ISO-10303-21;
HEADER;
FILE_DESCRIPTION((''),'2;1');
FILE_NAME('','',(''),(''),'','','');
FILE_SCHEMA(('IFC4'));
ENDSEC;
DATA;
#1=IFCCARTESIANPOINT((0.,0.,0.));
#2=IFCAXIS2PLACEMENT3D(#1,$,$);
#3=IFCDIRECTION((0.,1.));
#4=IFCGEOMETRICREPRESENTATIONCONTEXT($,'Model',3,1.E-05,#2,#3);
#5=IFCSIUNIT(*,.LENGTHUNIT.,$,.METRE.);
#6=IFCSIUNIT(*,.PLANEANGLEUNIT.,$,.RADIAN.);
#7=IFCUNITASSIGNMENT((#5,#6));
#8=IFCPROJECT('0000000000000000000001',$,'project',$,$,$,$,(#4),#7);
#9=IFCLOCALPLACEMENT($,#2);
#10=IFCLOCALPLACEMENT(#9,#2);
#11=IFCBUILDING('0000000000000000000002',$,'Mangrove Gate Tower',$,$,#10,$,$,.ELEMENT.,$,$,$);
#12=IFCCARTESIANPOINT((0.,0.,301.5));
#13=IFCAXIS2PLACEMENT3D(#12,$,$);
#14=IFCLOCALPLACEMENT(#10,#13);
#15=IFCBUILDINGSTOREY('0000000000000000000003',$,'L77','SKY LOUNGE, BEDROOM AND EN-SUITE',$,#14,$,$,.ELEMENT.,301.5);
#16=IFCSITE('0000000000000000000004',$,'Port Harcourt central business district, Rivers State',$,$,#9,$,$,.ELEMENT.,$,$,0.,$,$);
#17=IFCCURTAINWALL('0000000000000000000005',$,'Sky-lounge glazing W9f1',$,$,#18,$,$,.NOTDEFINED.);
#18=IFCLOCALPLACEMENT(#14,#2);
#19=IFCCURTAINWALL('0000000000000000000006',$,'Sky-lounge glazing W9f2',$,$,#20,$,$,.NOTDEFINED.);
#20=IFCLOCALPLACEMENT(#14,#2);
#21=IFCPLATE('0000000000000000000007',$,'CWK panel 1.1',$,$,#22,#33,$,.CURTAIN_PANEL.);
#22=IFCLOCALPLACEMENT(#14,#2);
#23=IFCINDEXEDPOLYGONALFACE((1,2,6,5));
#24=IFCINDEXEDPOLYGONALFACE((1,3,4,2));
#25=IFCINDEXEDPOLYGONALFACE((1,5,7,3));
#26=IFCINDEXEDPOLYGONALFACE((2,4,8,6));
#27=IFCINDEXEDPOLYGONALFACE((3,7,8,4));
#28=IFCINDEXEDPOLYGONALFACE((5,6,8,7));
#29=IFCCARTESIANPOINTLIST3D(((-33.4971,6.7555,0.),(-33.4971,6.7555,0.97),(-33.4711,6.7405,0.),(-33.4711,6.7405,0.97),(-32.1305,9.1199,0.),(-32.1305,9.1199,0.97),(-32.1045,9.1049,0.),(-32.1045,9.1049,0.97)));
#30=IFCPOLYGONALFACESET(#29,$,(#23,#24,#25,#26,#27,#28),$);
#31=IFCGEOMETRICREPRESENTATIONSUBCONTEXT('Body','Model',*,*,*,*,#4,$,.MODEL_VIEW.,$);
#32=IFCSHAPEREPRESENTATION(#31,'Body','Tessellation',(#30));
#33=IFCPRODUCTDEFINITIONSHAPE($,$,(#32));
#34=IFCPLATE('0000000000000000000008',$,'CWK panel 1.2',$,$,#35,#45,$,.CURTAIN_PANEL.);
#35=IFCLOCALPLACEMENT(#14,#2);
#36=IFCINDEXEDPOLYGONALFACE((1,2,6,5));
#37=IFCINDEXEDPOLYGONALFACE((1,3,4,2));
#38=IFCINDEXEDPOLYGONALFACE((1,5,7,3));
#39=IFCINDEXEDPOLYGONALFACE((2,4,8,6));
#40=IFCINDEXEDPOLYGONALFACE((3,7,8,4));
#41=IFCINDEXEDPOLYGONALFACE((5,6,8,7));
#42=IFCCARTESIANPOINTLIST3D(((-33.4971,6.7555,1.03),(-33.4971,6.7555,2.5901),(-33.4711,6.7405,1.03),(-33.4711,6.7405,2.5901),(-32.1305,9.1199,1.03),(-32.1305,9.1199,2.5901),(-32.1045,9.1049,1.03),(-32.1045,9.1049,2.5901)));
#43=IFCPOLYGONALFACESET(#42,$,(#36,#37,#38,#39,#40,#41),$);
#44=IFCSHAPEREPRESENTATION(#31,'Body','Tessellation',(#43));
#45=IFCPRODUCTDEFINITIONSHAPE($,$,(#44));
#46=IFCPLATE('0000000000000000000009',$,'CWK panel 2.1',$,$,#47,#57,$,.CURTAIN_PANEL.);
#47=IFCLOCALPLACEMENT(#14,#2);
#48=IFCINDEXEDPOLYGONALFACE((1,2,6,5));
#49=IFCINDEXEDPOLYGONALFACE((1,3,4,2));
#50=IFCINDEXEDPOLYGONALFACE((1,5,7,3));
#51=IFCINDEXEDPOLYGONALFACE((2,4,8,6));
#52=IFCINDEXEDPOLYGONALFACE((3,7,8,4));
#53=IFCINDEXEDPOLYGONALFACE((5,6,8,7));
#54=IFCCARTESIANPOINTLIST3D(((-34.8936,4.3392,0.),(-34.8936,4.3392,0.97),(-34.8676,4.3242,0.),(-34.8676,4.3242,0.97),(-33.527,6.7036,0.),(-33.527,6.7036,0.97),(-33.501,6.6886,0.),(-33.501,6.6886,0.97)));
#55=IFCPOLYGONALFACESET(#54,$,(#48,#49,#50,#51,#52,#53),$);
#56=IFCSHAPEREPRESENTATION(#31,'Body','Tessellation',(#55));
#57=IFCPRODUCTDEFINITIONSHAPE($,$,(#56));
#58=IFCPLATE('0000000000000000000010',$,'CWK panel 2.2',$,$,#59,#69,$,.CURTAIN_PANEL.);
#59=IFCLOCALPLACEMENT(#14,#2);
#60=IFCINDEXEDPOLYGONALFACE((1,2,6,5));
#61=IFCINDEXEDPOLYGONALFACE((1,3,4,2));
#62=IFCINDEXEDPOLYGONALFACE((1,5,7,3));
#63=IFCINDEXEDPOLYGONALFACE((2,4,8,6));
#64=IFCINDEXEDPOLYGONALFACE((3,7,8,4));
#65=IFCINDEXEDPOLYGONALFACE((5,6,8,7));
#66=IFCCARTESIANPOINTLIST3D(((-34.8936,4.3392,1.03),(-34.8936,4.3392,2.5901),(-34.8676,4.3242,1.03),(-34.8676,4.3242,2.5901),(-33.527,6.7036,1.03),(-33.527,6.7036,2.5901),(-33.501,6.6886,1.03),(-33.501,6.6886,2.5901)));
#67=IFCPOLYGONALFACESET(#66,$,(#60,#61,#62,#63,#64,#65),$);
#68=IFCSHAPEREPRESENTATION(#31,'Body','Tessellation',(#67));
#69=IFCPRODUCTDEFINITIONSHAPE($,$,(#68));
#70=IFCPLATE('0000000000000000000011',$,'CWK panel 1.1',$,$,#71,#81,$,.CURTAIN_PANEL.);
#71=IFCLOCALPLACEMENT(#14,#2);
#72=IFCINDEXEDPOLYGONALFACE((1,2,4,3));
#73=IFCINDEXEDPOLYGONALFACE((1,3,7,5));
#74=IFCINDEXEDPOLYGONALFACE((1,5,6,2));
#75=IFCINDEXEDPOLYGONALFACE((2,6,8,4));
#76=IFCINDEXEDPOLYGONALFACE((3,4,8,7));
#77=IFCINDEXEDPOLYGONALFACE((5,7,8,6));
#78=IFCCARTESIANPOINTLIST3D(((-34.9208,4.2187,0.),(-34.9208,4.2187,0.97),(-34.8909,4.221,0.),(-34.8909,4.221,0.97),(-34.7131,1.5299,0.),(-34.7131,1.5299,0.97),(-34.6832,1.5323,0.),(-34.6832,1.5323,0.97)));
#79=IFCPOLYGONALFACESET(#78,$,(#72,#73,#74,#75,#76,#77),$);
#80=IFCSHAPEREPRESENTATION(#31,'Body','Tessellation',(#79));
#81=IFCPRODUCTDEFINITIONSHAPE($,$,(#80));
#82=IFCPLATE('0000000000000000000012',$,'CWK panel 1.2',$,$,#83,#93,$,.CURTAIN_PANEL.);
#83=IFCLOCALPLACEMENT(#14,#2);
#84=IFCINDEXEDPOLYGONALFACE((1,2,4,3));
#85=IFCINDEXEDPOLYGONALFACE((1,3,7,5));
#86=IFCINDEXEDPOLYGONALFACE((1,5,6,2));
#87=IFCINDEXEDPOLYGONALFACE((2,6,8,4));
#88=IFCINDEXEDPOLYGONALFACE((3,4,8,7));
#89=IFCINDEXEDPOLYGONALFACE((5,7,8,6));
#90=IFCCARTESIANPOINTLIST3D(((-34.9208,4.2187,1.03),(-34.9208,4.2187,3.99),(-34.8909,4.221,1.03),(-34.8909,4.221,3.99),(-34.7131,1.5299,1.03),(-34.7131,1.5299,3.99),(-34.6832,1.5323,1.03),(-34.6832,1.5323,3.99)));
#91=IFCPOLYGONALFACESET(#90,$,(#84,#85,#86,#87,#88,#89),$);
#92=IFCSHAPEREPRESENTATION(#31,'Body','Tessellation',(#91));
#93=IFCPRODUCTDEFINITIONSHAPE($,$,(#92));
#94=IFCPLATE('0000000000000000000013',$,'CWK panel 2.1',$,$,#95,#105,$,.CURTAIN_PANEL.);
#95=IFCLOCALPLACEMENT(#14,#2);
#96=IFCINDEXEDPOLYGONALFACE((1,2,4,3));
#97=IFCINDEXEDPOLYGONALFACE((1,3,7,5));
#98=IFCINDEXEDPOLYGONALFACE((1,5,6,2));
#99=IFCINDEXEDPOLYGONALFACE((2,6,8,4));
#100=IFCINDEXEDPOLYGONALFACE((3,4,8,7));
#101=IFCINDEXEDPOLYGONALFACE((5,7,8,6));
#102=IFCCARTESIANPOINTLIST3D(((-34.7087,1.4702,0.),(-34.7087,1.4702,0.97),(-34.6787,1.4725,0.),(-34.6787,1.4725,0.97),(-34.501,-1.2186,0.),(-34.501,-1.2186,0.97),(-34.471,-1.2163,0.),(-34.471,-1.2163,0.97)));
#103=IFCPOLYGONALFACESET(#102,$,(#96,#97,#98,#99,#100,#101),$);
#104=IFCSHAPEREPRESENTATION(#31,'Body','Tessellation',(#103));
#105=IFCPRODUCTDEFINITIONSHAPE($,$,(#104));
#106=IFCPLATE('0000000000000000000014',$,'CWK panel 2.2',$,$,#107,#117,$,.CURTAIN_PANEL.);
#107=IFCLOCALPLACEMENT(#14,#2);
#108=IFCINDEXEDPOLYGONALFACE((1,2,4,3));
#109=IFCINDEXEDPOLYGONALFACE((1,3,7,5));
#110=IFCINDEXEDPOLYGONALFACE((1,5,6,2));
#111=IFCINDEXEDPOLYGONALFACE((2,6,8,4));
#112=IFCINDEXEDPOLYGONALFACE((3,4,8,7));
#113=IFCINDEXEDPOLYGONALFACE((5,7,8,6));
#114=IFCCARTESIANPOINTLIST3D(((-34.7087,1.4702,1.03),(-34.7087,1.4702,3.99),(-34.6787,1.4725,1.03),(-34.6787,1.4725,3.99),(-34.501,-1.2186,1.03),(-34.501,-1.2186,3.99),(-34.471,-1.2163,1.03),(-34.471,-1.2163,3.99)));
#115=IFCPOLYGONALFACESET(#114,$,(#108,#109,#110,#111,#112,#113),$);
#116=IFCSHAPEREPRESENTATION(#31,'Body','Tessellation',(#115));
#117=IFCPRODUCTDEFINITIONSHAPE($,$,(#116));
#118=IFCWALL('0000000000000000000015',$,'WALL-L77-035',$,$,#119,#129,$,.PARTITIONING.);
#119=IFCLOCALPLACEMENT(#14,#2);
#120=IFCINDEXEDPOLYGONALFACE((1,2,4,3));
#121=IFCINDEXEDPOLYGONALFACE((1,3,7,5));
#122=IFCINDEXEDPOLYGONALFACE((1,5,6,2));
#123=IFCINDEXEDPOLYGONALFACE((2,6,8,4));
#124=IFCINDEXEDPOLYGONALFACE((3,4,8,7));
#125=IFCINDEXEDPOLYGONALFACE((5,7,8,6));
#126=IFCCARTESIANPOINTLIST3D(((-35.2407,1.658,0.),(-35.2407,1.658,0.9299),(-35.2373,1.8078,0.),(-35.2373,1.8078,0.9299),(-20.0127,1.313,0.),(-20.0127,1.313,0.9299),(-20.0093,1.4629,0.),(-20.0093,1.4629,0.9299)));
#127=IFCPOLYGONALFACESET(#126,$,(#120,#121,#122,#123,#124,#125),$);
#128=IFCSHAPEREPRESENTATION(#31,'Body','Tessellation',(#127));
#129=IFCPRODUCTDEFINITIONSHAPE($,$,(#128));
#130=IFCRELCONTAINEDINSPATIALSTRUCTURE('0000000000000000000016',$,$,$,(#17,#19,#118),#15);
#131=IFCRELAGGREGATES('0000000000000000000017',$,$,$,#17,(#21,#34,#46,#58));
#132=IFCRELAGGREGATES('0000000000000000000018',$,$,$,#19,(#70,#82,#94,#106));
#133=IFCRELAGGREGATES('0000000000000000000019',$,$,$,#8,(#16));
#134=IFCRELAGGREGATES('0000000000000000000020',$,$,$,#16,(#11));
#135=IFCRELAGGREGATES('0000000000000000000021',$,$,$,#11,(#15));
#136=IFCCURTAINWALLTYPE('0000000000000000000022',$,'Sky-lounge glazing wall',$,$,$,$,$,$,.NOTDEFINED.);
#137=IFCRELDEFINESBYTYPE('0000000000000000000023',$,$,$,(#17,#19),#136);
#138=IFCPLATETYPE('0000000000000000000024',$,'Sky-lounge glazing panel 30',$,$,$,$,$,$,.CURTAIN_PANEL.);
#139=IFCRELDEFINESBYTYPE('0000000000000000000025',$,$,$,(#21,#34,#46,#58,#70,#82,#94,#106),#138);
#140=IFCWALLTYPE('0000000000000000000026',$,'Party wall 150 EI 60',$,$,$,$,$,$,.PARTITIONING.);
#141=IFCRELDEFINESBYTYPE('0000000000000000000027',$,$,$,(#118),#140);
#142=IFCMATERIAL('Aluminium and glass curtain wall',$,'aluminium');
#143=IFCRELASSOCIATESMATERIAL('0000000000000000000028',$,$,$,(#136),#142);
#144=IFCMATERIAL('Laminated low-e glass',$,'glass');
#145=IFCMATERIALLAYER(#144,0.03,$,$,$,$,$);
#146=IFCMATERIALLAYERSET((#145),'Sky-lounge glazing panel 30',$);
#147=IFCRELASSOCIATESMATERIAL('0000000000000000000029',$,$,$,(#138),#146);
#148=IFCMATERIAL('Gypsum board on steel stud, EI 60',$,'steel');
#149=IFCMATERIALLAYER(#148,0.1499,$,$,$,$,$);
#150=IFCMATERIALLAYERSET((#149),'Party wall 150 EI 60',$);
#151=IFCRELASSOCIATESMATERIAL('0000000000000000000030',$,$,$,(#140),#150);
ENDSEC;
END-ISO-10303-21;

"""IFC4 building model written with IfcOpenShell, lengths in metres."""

from ifc_helpers import new_model, si_unit, direction, frame, frame_2d, origin, origin_2d, place, context, subcontext, project, spatial, rectangle, extrude, material, layer, layer_set, type_object, element, aggregate, save


model = new_model("IFC4")

# Units and contexts
model_context = context("Model", 3, precision=1e-05, world=origin(), true_north=direction((0.0, 1.0)))
body_context = subcontext(model_context, "Body", "Model", "MODEL_VIEW")
ifc_project = project(units=[si_unit("LENGTHUNIT", "METRE"), si_unit("PLANEANGLEUNIT", "RADIAN")], contexts=[model_context])

# Site, building, storey
site_placement = place(None, origin())
site = spatial("IfcSite", under=ifc_project, at=site_placement, Name="Port Harcourt central business district, Rivers State", CompositionType="ELEMENT", RefElevation=0.0)
building_placement = place(site_placement, origin())
building = spatial("IfcBuilding", under=site, at=building_placement, Name="Mangrove Gate Tower", CompositionType="ELEMENT")
storey_placement = place(building_placement, frame((0.0, 0.0, 301.5)))
storey = spatial("IfcBuildingStorey", under=building, at=storey_placement, Name="L77", Description="SKY LOUNGE, BEDROOM AND EN-SUITE", CompositionType="ELEMENT", Elevation=301.5)

# Curtain walls
ifc_material_1 = material(Name="Aluminium and glass curtain wall", Category="aluminium")
curtain_wall_type = type_object("IfcCurtainWallType", Name="Sky-lounge glazing wall", PredefinedType="NOTDEFINED", material=ifc_material_1)
curtain_wall_1_placement = place(storey_placement, origin())
curtain_wall_1 = element("IfcCurtainWall", 1, at=curtain_wall_1_placement, inside=storey, type_object=curtain_wall_type, Name="Sky-lounge glazing W9f1", PredefinedType="NOTDEFINED")
curtain_wall_2_placement = place(storey_placement, origin())
curtain_wall_2 = element("IfcCurtainWall", 2, at=curtain_wall_2_placement, inside=storey, type_object=curtain_wall_type, Name="Sky-lounge glazing W9f2", PredefinedType="NOTDEFINED")

# Plates
ifc_material_2 = material(Name="Laminated low-e glass", Category="glass")
ifc_layer_1 = layer(ifc_material_2, 0.03)
ifc_layer_set_1 = layer_set([ifc_layer_1], Name="Sky-lounge glazing panel 30")
plate_type = type_object("IfcPlateType", Name="Sky-lounge glazing panel 30", PredefinedType="CURTAIN_PANEL", material=ifc_layer_set_1)
plate_1_placement = place(storey_placement, frame((-32.8008, 7.9302, 0.0), z_axis=(0.0, 0.0, 1.0), x_axis=(-0.500418, -0.865784, 0.0)))
plate_1 = element("IfcPlate", 3, at=plate_1_placement, type_object=plate_type, Name="CWK panel 1.1", PredefinedType="CURTAIN_PANEL", context=body_context, shape_type="SweptSolid", body=[
    extrude(rectangle(XDim=2.731, YDim=0.03, at=origin_2d()), origin(), (0.0, 0.0, 1.0), 0.97),
])
plate_2_placement = place(storey_placement, frame((-32.8008, 7.9302, 1.03), z_axis=(0.0, 0.0, 1.0), x_axis=(-0.500418, -0.865784, 0.0)))
plate_2 = element("IfcPlate", 4, at=plate_2_placement, type_object=plate_type, Name="CWK panel 1.2", PredefinedType="CURTAIN_PANEL", context=body_context, shape_type="SweptSolid", body=[
    extrude(rectangle(XDim=2.731, YDim=0.03, at=origin_2d()), origin(), (0.0, 0.0, 1.0), 1.5601),
])
plate_3_placement = place(storey_placement, frame((-34.1973, 5.5139, 0.0), z_axis=(0.0, 0.0, 1.0), x_axis=(-0.500418, -0.865784, 0.0)))
plate_3 = element("IfcPlate", 5, at=plate_3_placement, type_object=plate_type, Name="CWK panel 2.1", PredefinedType="CURTAIN_PANEL", context=body_context, shape_type="SweptSolid", body=[
    extrude(rectangle(XDim=2.731, YDim=0.03, at=origin_2d()), origin(), (0.0, 0.0, 1.0), 0.97),
])
plate_4_placement = place(storey_placement, frame((-34.1973, 5.5139, 1.03), z_axis=(0.0, 0.0, 1.0), x_axis=(-0.500418, -0.865784, 0.0)))
plate_4 = element("IfcPlate", 6, at=plate_4_placement, type_object=plate_type, Name="CWK panel 2.2", PredefinedType="CURTAIN_PANEL", context=body_context, shape_type="SweptSolid", body=[
    extrude(rectangle(XDim=2.731, YDim=0.03, at=origin_2d()), origin(), (0.0, 0.0, 1.0), 1.5601),
])
aggregate(curtain_wall_1, [plate_1, plate_2, plate_3, plate_4])
plate_5_placement = place(storey_placement, frame((-34.802, 2.8755, 0.0), z_axis=(0.0, 0.0, 1.0), x_axis=(0.077023, -0.997029, 0.0)))
plate_5 = element("IfcPlate", 7, at=plate_5_placement, type_object=plate_type, Name="CWK panel 1.1", PredefinedType="CURTAIN_PANEL", context=body_context, shape_type="SweptSolid", body=[
    extrude(rectangle(XDim=2.6968, YDim=0.03, at=origin_2d()), origin(), (0.0, 0.0, 1.0), 0.97),
])
plate_6_placement = place(storey_placement, frame((-34.802, 2.8755, 1.03), z_axis=(0.0, 0.0, 1.0), x_axis=(0.077023, -0.997029, 0.0)))
plate_6 = element("IfcPlate", 8, at=plate_6_placement, type_object=plate_type, Name="CWK panel 1.2", PredefinedType="CURTAIN_PANEL", context=body_context, shape_type="SweptSolid", body=[
    extrude(rectangle(XDim=2.6968, YDim=0.03, at=origin_2d()), origin(), (0.0, 0.0, 1.0), 2.96),
])
plate_7_placement = place(storey_placement, frame((-34.5898, 0.127, 0.0), z_axis=(0.0, 0.0, 1.0), x_axis=(0.077023, -0.997029, 0.0)))
plate_7 = element("IfcPlate", 9, at=plate_7_placement, type_object=plate_type, Name="CWK panel 2.1", PredefinedType="CURTAIN_PANEL", context=body_context, shape_type="SweptSolid", body=[
    extrude(rectangle(XDim=2.6968, YDim=0.03, at=origin_2d()), origin(), (0.0, 0.0, 1.0), 0.97),
])
plate_8_placement = place(storey_placement, frame((-34.5898, 0.127, 1.03), z_axis=(0.0, 0.0, 1.0), x_axis=(0.077023, -0.997029, 0.0)))
plate_8 = element("IfcPlate", 10, at=plate_8_placement, type_object=plate_type, Name="CWK panel 2.2", PredefinedType="CURTAIN_PANEL", context=body_context, shape_type="SweptSolid", body=[
    extrude(rectangle(XDim=2.6968, YDim=0.03, at=origin_2d()), origin(), (0.0, 0.0, 1.0), 2.96),
])
aggregate(curtain_wall_2, [plate_5, plate_6, plate_7, plate_8])

# Wall
ifc_material_3 = material(Name="Gypsum board on steel stud, EI 60", Category="steel")
ifc_layer_2 = layer(ifc_material_3, 0.1499)
ifc_layer_set_2 = layer_set([ifc_layer_2], Name="Party wall 150 EI 60")
wall_type = type_object("IfcWallType", Name="Party wall 150 EI 60", PredefinedType="PARTITIONING", material=ifc_layer_set_2)
wall_placement = place(storey_placement, frame((-35.239, 1.7329, 0.0), z_axis=(0.0, 0.0, 1.0), x_axis=(0.999744, -0.022648, 0.0)))
element("IfcWall", 11, at=wall_placement, inside=storey, type_object=wall_type, Name="WALL-L77-035", PredefinedType="PARTITIONING", context=body_context, shape_type="SweptSolid", body=[
    extrude(rectangle(XDim=15.2319, YDim=0.1499, at=frame_2d((7.616, 0.0))), origin(), (0.0, 0.0, 1.0), 0.9299),
])

save(model, "model.ifc")
